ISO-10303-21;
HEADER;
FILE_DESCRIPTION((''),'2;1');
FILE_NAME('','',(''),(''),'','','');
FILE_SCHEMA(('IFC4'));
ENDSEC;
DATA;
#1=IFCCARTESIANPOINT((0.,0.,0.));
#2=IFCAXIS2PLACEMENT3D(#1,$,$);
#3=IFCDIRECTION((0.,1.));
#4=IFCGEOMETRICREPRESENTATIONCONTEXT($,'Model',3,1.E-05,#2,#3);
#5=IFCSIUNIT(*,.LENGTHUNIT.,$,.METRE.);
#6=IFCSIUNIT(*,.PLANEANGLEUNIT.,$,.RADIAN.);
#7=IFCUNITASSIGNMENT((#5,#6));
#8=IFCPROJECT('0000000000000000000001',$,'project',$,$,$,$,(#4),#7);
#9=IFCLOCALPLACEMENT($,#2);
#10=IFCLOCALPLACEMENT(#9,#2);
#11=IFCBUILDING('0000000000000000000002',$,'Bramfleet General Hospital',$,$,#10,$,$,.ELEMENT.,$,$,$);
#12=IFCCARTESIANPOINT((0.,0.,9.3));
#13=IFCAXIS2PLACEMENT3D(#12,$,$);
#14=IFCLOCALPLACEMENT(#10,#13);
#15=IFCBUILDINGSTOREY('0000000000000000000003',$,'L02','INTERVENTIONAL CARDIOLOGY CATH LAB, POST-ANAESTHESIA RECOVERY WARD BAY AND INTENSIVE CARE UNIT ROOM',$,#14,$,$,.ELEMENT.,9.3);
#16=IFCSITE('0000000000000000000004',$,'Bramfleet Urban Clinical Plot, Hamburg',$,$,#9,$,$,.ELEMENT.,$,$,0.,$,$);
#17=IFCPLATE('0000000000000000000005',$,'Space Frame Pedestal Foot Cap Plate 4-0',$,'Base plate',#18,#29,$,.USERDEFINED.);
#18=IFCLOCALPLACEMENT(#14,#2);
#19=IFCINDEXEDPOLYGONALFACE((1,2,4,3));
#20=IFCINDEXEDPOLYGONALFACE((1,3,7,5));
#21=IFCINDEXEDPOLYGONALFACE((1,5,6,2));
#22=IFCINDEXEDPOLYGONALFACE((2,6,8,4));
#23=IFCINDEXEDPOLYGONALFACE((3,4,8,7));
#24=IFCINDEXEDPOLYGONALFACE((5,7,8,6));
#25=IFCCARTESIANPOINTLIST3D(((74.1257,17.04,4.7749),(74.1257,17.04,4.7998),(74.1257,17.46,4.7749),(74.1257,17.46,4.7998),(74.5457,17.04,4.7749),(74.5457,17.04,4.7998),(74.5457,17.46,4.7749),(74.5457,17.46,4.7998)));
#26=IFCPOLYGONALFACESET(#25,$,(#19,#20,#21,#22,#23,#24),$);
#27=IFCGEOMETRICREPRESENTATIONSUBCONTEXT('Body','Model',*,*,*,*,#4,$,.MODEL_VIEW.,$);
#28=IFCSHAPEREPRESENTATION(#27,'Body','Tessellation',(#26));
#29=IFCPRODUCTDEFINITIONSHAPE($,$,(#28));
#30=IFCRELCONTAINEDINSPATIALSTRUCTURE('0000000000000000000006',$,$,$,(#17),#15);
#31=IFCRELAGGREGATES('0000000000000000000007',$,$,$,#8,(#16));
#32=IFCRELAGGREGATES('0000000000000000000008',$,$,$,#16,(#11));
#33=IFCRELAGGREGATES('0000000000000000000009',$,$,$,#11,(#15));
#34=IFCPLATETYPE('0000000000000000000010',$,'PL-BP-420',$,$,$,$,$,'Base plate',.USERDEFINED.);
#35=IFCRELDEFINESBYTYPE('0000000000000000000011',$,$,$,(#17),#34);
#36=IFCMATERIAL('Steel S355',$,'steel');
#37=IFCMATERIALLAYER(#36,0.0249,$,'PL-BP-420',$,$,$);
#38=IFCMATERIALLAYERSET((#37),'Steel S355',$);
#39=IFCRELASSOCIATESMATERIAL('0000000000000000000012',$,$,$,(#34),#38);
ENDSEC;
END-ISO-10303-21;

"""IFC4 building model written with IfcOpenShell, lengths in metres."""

from ifc_helpers import new_model, si_unit, direction, frame, origin, origin_2d, place, context, subcontext, project, spatial, rectangle, extrude, material, layer, layer_set, type_object, element, save


model = new_model("IFC4")

# Units and contexts
model_context = context("Model", 3, precision=1e-05, world=origin(), true_north=direction((0.0, 1.0)))
body_context = subcontext(model_context, "Body", "Model", "MODEL_VIEW")
ifc_project = project(units=[si_unit("LENGTHUNIT", "METRE"), si_unit("PLANEANGLEUNIT", "RADIAN")], contexts=[model_context])

# Site, building, storey
site_placement = place(None, origin())
site = spatial("IfcSite", under=ifc_project, at=site_placement, Name="Bramfleet Urban Clinical Plot, Hamburg", CompositionType="ELEMENT", RefElevation=0.0)
building_placement = place(site_placement, origin())
building = spatial("IfcBuilding", under=site, at=building_placement, Name="Bramfleet General Hospital", CompositionType="ELEMENT")
storey_placement = place(building_placement, frame((0.0, 0.0, 9.3)))
storey = spatial("IfcBuildingStorey", under=building, at=storey_placement, Name="L02", Description="INTERVENTIONAL CARDIOLOGY CATH LAB, POST-ANAESTHESIA RECOVERY WARD BAY AND INTENSIVE CARE UNIT ROOM", CompositionType="ELEMENT", Elevation=9.3)

# Shared definitions
ifc_material_1 = material(Name="Steel S355", Category="steel")

# Plate
ifc_layer_1 = layer(ifc_material_1, 0.0249, Name="PL-BP-420")
ifc_layer_set_1 = layer_set([ifc_layer_1], Name="Steel S355")
plate_type_1 = type_object("IfcPlateType", Name="PL-BP-420", ElementType="Base plate", PredefinedType="USERDEFINED", material=ifc_layer_set_1)
for number, where, z_axis, x_axis, name in (
    (1, (74.3357, 17.25, 4.7749), (0.0, 0.0, 1.0), (1.0, 0.0, 0.0), "Space Frame Pedestal Foot Cap Plate 4-0"),
):
    element("IfcPlate", number, at=place(storey_placement, frame(where, z_axis=z_axis, x_axis=x_axis)), inside=storey, type_object=plate_type_1, Name=name, ObjectType="Base plate", PredefinedType="USERDEFINED", context=body_context, shape_type="SweptSolid", body=[
        extrude(rectangle(XDim=0.4199, YDim=0.4199, at=origin_2d()), origin(), (0.0, 0.0, 1.0), 0.0249),
    ])

save(model, "model.ifc")
